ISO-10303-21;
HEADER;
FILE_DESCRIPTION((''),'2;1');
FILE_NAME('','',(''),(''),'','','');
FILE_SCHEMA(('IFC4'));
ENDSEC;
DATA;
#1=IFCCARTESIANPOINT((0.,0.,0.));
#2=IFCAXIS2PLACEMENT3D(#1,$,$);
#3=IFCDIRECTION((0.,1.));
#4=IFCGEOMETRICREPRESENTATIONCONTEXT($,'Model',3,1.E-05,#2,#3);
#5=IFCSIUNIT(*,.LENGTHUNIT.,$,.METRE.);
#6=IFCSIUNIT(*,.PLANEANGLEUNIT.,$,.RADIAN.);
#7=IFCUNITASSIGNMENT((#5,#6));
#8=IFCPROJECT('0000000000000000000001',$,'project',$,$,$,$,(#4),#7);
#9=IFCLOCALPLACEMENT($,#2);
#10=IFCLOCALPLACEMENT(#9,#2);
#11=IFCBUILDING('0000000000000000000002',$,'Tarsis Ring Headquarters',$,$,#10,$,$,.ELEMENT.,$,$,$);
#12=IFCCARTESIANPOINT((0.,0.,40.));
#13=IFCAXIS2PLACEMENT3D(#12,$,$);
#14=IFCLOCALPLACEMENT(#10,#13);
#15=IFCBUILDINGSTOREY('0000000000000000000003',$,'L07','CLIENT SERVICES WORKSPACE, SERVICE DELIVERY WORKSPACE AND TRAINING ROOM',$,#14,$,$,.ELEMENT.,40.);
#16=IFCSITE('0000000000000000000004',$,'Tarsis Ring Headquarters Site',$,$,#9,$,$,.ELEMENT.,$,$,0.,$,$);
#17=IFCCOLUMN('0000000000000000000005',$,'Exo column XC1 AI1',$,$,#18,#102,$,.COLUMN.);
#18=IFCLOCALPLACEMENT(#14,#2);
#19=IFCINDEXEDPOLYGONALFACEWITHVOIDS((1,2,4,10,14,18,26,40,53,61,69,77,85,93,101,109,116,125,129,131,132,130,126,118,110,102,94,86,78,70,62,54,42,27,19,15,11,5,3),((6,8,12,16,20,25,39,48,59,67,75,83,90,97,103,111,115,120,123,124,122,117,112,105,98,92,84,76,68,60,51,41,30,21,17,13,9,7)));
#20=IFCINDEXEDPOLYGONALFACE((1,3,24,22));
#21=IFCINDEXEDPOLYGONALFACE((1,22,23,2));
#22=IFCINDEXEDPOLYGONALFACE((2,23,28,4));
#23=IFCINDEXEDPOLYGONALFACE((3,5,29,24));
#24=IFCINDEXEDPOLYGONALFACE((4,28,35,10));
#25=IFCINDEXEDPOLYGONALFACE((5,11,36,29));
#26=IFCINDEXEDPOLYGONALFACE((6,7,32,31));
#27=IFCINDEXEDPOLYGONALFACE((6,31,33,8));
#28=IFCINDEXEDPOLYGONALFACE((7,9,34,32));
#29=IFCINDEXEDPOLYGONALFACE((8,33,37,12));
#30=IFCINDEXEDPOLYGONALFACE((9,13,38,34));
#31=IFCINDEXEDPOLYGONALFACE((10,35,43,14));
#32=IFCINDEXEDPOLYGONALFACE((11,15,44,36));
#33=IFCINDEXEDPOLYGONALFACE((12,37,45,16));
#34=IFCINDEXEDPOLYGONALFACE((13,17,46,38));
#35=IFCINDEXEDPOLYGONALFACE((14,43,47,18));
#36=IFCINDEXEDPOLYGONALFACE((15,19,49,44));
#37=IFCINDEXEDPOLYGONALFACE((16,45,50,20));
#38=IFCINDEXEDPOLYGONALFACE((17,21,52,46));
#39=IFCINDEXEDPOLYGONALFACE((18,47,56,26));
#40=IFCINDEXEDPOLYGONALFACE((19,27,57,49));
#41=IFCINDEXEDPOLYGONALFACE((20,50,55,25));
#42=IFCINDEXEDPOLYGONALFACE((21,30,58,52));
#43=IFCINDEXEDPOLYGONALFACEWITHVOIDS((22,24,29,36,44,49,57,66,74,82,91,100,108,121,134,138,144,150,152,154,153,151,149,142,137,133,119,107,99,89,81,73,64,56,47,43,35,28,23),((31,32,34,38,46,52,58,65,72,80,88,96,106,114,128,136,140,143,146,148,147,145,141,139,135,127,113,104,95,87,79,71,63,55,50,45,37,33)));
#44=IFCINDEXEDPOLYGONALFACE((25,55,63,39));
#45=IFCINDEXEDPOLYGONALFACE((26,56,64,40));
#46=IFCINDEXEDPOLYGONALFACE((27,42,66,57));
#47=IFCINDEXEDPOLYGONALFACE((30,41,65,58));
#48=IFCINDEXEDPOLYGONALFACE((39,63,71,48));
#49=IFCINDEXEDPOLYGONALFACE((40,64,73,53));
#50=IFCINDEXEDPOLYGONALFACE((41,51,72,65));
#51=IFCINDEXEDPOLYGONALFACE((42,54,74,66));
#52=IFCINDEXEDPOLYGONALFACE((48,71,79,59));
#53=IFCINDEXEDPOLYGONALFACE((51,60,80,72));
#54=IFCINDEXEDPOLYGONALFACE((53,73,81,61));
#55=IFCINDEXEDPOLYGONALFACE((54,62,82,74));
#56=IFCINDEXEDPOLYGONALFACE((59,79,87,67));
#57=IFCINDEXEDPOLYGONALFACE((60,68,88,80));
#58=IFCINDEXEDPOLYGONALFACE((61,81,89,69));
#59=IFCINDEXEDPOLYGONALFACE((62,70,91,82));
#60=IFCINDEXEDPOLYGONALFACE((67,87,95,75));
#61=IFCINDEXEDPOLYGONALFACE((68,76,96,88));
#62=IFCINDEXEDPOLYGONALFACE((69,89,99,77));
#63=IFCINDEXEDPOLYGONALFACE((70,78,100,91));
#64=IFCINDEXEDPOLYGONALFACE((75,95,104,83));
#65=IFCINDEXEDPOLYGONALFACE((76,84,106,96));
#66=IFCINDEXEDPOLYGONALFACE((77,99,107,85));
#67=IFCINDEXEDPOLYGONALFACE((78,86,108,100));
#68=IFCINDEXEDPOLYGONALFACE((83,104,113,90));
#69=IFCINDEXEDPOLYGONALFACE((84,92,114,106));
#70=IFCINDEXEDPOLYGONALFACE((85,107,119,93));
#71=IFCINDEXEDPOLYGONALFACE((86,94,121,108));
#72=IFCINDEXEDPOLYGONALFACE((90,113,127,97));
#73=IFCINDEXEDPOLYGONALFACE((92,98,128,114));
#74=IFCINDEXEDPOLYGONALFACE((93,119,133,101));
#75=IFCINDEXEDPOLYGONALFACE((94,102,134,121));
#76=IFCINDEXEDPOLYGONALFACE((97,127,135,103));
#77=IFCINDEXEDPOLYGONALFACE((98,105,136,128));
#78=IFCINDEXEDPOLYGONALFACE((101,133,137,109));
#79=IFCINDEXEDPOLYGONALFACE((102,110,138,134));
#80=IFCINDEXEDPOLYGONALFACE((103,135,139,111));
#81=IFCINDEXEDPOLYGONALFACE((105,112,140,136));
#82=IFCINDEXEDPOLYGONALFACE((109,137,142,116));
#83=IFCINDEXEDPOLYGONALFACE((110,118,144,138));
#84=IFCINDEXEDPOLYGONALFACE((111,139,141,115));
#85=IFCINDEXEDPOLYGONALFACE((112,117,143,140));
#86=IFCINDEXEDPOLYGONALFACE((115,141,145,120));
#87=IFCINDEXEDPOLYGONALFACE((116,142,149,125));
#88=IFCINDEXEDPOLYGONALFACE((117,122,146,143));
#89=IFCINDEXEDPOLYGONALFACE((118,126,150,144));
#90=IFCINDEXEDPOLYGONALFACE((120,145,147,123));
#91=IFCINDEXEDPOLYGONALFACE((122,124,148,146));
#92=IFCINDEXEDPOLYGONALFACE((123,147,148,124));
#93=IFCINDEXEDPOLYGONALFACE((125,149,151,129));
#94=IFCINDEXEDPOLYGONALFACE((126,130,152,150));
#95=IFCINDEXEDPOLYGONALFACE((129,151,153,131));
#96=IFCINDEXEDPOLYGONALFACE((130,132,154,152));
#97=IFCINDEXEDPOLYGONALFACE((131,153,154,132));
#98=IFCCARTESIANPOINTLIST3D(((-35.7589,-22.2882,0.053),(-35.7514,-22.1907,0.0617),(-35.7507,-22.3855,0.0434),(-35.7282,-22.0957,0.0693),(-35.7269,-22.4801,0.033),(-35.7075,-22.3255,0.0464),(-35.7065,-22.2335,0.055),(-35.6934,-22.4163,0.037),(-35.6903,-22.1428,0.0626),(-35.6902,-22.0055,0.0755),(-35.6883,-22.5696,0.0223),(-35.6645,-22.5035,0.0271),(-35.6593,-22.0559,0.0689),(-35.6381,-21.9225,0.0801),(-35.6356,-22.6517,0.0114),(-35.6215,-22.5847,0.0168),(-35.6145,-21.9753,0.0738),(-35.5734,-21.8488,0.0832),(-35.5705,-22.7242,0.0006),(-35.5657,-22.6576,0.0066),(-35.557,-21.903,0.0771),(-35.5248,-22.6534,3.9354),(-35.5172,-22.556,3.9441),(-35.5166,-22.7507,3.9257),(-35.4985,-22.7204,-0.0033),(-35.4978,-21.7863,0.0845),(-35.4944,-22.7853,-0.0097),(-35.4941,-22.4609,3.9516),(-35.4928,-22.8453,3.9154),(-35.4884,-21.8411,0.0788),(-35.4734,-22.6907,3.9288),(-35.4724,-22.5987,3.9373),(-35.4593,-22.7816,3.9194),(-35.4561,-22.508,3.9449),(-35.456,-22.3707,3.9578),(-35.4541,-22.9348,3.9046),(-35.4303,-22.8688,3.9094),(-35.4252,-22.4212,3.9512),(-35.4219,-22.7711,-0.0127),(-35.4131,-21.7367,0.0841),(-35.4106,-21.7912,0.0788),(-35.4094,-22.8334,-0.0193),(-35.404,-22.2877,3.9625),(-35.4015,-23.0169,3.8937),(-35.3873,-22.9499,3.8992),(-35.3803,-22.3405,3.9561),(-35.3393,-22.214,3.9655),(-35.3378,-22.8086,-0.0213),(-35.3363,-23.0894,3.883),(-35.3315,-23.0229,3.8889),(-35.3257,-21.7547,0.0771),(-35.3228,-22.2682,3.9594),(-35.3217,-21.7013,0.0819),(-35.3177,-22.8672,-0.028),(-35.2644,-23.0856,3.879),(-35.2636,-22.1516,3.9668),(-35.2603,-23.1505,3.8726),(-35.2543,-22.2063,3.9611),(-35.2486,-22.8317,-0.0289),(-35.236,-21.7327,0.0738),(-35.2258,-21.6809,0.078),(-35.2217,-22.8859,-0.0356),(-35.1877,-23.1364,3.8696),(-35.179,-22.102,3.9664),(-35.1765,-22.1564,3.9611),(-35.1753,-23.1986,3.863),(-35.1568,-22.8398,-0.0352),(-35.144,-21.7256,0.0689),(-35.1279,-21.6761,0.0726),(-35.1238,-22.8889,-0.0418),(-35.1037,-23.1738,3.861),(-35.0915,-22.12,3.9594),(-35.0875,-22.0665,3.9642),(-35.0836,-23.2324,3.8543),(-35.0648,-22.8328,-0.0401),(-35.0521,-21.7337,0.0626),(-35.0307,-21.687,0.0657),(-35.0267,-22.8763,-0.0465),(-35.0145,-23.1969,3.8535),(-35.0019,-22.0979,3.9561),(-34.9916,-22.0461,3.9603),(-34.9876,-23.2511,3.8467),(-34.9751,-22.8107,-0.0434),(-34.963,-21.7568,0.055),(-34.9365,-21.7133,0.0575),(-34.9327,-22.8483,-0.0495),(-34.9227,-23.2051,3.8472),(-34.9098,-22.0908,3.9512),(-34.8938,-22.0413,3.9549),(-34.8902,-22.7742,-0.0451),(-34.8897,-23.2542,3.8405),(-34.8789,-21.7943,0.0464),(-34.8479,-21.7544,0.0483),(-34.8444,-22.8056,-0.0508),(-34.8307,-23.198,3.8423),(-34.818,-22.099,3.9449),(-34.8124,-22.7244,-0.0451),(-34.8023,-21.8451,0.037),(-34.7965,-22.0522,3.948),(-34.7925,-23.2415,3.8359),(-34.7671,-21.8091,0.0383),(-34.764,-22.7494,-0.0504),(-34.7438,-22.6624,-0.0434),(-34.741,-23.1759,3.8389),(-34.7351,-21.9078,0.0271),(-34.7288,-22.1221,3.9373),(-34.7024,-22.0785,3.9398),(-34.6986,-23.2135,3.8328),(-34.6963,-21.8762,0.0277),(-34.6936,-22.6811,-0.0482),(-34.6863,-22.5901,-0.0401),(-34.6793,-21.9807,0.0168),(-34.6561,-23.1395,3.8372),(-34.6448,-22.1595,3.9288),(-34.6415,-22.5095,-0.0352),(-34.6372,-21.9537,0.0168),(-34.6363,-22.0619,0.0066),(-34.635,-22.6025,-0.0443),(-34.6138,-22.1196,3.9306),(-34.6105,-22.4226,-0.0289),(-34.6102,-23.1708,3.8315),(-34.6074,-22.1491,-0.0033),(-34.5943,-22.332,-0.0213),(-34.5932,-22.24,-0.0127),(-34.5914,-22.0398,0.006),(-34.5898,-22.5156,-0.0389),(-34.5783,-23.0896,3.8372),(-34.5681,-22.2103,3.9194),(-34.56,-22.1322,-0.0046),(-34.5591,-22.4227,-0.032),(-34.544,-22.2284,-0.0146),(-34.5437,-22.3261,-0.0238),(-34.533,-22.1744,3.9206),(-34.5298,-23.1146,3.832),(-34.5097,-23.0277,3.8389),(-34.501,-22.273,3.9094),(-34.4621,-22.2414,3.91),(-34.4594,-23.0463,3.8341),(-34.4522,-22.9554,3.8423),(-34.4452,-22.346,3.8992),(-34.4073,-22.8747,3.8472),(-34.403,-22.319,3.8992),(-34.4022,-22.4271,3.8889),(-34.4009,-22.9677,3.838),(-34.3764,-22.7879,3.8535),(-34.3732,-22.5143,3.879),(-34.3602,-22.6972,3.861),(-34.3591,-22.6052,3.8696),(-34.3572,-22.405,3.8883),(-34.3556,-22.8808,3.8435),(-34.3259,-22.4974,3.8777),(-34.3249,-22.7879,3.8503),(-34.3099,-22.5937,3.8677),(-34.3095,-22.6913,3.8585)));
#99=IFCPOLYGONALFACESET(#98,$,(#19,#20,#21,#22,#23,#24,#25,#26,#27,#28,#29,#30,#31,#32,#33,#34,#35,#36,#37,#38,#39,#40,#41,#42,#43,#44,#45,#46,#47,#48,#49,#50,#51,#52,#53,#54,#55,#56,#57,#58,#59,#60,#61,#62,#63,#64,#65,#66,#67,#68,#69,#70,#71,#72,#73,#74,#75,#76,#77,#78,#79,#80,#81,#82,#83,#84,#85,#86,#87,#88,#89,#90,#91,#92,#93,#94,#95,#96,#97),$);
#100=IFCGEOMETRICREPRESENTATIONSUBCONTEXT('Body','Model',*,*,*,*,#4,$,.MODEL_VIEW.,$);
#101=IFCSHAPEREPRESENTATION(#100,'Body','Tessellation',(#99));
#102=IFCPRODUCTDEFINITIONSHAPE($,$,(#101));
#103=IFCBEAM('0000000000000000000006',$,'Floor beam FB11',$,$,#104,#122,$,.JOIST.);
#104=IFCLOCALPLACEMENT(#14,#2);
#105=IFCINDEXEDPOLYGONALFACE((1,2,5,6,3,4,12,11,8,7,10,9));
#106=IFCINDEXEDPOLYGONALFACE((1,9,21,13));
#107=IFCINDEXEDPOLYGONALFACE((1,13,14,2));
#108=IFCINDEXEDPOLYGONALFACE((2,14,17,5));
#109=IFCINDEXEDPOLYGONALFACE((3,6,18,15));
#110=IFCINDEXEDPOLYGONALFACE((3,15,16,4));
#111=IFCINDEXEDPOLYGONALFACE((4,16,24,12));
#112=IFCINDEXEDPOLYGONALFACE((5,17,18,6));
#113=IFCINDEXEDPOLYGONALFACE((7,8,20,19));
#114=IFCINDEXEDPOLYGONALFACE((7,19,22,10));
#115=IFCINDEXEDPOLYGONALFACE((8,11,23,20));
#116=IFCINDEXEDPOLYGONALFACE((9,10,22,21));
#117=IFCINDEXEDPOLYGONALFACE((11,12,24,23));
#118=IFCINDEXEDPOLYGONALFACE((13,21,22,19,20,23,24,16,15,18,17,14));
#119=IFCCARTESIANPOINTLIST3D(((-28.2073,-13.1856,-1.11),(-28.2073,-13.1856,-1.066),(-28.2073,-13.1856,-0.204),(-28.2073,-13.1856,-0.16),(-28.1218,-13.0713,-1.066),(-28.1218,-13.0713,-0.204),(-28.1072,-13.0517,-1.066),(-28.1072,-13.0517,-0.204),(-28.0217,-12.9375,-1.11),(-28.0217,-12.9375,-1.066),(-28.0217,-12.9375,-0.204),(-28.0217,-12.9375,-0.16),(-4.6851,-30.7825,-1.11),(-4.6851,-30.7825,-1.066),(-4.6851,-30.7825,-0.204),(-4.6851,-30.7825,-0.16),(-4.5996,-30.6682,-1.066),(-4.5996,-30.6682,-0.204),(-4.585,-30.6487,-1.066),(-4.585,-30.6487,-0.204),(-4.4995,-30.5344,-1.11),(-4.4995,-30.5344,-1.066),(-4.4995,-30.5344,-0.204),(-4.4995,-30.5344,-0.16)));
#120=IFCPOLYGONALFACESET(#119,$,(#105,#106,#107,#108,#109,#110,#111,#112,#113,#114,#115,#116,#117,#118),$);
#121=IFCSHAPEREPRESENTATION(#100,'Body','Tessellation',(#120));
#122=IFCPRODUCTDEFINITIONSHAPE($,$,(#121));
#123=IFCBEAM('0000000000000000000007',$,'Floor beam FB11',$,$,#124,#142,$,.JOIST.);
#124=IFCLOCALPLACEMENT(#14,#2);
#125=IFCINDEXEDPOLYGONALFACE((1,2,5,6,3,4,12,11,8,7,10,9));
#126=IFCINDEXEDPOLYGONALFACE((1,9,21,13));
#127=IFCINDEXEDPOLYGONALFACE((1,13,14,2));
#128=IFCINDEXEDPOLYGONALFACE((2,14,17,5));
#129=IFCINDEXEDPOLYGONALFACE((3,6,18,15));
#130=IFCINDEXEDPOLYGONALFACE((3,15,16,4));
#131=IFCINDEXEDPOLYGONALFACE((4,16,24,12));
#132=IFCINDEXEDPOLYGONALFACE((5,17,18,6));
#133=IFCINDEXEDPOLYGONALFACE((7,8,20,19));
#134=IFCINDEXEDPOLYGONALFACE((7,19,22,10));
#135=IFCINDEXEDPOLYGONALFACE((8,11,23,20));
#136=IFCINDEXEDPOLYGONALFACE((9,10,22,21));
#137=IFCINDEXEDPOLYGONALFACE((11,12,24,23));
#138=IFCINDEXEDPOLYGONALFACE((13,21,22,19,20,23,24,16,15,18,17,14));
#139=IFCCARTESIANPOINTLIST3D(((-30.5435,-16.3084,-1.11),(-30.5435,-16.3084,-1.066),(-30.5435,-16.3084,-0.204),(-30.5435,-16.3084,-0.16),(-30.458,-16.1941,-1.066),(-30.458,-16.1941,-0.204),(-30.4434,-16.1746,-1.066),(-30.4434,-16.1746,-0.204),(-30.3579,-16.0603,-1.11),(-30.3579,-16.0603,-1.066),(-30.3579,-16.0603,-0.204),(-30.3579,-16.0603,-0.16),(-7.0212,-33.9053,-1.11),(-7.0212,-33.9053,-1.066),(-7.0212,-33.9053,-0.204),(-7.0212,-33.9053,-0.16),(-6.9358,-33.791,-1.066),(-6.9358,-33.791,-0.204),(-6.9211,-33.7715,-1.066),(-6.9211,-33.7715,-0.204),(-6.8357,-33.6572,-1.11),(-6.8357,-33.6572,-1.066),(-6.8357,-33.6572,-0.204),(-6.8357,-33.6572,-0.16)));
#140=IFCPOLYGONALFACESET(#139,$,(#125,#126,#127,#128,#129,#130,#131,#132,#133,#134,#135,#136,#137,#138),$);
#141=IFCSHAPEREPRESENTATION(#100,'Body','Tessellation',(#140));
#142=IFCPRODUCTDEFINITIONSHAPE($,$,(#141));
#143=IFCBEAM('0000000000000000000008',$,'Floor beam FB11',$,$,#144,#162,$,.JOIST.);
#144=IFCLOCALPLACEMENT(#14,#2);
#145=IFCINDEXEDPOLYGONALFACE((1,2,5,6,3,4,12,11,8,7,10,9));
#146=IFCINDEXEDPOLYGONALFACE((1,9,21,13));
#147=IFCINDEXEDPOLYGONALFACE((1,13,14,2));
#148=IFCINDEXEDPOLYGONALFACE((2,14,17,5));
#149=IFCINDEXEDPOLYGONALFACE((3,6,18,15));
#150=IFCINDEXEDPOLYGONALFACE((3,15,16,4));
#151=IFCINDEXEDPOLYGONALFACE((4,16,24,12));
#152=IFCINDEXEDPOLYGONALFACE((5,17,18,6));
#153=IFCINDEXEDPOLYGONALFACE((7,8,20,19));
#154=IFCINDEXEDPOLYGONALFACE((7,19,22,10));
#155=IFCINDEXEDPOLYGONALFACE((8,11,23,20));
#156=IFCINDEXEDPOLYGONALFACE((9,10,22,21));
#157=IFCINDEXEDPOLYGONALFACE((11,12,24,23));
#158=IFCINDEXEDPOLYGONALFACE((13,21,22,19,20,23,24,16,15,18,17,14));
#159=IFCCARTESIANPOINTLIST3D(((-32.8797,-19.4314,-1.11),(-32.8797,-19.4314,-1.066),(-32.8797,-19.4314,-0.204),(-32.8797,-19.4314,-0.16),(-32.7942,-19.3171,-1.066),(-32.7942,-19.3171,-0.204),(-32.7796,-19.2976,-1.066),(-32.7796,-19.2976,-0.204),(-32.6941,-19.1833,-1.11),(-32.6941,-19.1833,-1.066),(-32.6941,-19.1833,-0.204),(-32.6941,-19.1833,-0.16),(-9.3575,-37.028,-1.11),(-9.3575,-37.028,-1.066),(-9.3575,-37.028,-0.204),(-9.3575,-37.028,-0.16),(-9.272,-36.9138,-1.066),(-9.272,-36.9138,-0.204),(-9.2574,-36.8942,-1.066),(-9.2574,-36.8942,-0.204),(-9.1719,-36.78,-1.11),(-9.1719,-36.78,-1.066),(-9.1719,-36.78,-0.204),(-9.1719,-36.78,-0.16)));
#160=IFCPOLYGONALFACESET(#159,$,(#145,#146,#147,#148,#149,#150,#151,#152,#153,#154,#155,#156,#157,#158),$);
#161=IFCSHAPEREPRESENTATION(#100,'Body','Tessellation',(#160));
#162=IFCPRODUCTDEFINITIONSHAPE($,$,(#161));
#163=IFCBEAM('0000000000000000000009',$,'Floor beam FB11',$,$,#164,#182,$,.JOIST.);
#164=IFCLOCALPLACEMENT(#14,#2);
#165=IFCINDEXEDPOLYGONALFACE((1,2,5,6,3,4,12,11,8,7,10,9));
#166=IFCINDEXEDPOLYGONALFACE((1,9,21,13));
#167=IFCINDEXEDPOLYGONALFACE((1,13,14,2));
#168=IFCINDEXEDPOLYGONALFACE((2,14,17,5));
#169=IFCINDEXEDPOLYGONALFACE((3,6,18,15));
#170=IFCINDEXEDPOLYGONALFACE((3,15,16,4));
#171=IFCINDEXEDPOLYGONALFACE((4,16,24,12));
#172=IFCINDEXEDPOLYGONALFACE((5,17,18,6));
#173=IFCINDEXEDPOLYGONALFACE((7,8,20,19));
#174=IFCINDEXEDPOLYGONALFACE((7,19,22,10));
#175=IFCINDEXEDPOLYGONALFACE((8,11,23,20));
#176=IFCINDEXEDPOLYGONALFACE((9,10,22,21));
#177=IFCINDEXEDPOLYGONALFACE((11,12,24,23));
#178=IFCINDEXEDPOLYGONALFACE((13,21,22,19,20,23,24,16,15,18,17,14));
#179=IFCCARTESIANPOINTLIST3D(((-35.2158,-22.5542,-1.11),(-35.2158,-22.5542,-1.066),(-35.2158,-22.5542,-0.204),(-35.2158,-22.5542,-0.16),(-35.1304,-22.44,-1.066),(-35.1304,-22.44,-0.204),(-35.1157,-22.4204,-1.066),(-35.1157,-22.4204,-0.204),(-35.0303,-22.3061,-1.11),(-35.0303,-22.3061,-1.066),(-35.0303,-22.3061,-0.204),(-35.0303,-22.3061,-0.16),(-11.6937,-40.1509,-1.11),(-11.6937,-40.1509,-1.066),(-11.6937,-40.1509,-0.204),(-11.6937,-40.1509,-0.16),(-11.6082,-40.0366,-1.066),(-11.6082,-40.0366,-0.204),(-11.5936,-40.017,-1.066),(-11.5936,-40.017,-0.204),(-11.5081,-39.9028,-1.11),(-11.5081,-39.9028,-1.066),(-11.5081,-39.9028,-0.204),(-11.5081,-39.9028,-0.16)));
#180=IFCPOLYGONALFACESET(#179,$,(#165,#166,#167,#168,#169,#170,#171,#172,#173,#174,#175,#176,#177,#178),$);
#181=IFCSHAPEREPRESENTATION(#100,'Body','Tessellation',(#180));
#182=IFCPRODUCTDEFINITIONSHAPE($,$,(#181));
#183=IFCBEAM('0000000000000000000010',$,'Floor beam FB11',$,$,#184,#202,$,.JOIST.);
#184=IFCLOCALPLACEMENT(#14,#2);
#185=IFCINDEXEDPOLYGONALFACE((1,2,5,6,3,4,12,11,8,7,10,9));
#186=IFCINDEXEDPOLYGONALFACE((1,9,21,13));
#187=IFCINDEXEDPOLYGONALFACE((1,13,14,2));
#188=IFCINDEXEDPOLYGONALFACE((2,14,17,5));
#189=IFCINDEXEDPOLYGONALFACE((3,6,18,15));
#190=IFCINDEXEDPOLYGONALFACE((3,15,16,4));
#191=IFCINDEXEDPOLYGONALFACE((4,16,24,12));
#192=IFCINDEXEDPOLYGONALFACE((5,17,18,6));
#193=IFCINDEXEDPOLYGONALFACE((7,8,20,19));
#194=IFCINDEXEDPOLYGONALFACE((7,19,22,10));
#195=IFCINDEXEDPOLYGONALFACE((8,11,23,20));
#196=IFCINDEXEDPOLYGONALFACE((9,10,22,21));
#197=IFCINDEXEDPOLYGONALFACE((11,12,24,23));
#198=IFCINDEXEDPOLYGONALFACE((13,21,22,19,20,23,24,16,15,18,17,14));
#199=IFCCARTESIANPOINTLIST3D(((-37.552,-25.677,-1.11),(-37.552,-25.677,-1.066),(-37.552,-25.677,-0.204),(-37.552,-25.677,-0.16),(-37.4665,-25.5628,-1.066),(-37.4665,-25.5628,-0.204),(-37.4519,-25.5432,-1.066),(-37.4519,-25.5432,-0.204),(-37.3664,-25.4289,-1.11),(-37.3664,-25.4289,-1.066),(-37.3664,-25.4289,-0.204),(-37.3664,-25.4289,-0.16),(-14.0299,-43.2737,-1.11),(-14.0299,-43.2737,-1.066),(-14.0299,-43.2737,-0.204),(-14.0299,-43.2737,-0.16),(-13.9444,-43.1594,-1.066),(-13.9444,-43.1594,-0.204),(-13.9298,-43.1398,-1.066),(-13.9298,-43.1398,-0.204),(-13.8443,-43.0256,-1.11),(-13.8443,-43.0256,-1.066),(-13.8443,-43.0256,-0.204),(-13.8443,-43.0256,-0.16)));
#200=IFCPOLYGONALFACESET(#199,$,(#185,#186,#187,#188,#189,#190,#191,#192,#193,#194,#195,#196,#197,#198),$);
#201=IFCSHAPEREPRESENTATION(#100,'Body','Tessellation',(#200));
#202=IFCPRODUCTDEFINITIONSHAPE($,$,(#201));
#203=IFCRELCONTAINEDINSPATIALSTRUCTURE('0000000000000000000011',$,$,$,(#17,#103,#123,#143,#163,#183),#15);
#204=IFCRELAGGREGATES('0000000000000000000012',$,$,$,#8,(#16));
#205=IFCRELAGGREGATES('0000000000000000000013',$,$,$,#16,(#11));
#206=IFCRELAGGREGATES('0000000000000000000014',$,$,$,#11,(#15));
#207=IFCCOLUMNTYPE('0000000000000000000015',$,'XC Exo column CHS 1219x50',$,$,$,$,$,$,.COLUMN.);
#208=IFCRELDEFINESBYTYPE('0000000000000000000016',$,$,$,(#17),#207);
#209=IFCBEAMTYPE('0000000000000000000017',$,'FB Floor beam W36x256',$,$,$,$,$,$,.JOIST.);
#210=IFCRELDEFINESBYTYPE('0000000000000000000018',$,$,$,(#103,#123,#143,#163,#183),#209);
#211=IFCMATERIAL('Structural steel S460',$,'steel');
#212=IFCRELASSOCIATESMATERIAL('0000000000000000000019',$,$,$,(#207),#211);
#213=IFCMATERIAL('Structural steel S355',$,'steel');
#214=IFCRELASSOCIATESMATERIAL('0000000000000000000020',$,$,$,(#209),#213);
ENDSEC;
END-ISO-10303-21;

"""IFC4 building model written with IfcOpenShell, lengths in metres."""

from ifc_helpers import new_model, si_unit, direction, frame, origin, origin_2d, place, context, subcontext, project, spatial, hollow_circle, i_section, extrude, material, material_profile, profile_set, type_object, element, save


model = new_model("IFC4")

# Units and contexts
model_context = context("Model", 3, precision=1e-05, world=origin(), true_north=direction((0.0, 1.0)))
body_context = subcontext(model_context, "Body", "Model", "MODEL_VIEW")
ifc_project = project(units=[si_unit("LENGTHUNIT", "METRE"), si_unit("PLANEANGLEUNIT", "RADIAN")], contexts=[model_context])

# Site, building, storey
site_placement = place(None, origin())
site = spatial("IfcSite", under=ifc_project, at=site_placement, Name="Tarsis Ring Headquarters Site", CompositionType="ELEMENT", RefElevation=0.0)
building_placement = place(site_placement, origin())
building = spatial("IfcBuilding", under=site, at=building_placement, Name="Tarsis Ring Headquarters", CompositionType="ELEMENT")
storey_placement = place(building_placement, frame((0.0, 0.0, 40.0)))
storey = spatial("IfcBuildingStorey", under=building, at=storey_placement, Name="L07", Description="CLIENT SERVICES WORKSPACE, SERVICE DELIVERY WORKSPACE AND TRAINING ROOM", CompositionType="ELEMENT", Elevation=40.0)

# Column
ifc_material_1 = material(Name="Structural steel S460", Category="steel")
ifc_material_profile_1 = material_profile(ifc_material_1, hollow_circle(Radius=0.6096, WallThickness=0.05, at=origin_2d()), Name="CHS 1219x50")
ifc_profile_set_1 = profile_set([ifc_material_profile_1], Name="Structural steel S460")
column_type = type_object("IfcColumnType", Name="XC Exo column CHS 1219x50", PredefinedType="COLUMN", material=ifc_profile_set_1)
column_placement = place(storey_placement, frame((-35.1504, -22.2827, 0.0168), z_axis=(0.059934, -0.093494, 0.993814), x_axis=(0.841873, 0.539676, 0.0)))
element("IfcColumn", 1, at=column_placement, inside=storey, type_object=column_type, Name="Exo column XC1 AI1", PredefinedType="COLUMN", context=body_context, shape_type="SweptSolid", body=[
    extrude(hollow_circle(Radius=0.6096, WallThickness=0.05, at=origin_2d()), origin(), (0.0, 0.0, 1.0), 3.9065),
])

# Beams
ifc_material_2 = material(Name="Structural steel S355", Category="steel")
ifc_material_profile_2 = material_profile(ifc_material_2, i_section(OverallWidth=0.3098, OverallDepth=0.95, WebThickness=0.0244, FlangeThickness=0.0439, at=origin_2d()), Name="W36x256")
ifc_profile_set_2 = profile_set([ifc_material_profile_2], Name="Structural steel S355")
beam_type_1 = type_object("IfcBeamType", Name="FB Floor beam W36x256", PredefinedType="JOIST", material=ifc_profile_set_2)
for number, where, z_axis, x_axis, name in (
    (2, (-28.1145, -13.0615, -0.635), (0.80073, -0.599025, 0.0), (0.599025, 0.80073, 0.0), "Floor beam FB11"),
    (3, (-30.4507, -16.1843, -0.635), (0.80073, -0.599025, 0.0), (0.599025, 0.80073, 0.0), "Floor beam FB11"),
):
    element("IfcBeam", number, at=place(storey_placement, frame(where, z_axis=z_axis, x_axis=x_axis)), inside=storey, type_object=beam_type_1, Name=name, PredefinedType="JOIST", context=body_context, shape_type="SweptSolid", body=[
        extrude(i_section(OverallWidth=0.3098, OverallDepth=0.95, WebThickness=0.0244, FlangeThickness=0.0439, at=origin_2d()), origin(), (0.0, 0.0, 1.0), 29.376),
    ])
for number, where, z_axis, x_axis, name in (
    (4, (-32.7869, -19.3074, -0.635), (0.800734, -0.59902, 0.0), (0.59902, 0.800734, 0.0), "Floor beam FB11"),
    (5, (-35.123, -22.4302, -0.635), (0.800734, -0.59902, 0.0), (0.59902, 0.800734, 0.0), "Floor beam FB11"),
    (6, (-37.4592, -25.553, -0.635), (0.800734, -0.59902, 0.0), (0.59902, 0.800734, 0.0), "Floor beam FB11"),
):
    element("IfcBeam", number, at=place(storey_placement, frame(where, z_axis=z_axis, x_axis=x_axis)), inside=storey, type_object=beam_type_1, Name=name, PredefinedType="JOIST", context=body_context, shape_type="SweptSolid", body=[
        extrude(i_section(OverallWidth=0.3098, OverallDepth=0.95, WebThickness=0.0244, FlangeThickness=0.0439, at=origin_2d()), origin(), (0.0, 0.0, 1.0), 29.3757),
    ])

save(model, "model.ifc")
